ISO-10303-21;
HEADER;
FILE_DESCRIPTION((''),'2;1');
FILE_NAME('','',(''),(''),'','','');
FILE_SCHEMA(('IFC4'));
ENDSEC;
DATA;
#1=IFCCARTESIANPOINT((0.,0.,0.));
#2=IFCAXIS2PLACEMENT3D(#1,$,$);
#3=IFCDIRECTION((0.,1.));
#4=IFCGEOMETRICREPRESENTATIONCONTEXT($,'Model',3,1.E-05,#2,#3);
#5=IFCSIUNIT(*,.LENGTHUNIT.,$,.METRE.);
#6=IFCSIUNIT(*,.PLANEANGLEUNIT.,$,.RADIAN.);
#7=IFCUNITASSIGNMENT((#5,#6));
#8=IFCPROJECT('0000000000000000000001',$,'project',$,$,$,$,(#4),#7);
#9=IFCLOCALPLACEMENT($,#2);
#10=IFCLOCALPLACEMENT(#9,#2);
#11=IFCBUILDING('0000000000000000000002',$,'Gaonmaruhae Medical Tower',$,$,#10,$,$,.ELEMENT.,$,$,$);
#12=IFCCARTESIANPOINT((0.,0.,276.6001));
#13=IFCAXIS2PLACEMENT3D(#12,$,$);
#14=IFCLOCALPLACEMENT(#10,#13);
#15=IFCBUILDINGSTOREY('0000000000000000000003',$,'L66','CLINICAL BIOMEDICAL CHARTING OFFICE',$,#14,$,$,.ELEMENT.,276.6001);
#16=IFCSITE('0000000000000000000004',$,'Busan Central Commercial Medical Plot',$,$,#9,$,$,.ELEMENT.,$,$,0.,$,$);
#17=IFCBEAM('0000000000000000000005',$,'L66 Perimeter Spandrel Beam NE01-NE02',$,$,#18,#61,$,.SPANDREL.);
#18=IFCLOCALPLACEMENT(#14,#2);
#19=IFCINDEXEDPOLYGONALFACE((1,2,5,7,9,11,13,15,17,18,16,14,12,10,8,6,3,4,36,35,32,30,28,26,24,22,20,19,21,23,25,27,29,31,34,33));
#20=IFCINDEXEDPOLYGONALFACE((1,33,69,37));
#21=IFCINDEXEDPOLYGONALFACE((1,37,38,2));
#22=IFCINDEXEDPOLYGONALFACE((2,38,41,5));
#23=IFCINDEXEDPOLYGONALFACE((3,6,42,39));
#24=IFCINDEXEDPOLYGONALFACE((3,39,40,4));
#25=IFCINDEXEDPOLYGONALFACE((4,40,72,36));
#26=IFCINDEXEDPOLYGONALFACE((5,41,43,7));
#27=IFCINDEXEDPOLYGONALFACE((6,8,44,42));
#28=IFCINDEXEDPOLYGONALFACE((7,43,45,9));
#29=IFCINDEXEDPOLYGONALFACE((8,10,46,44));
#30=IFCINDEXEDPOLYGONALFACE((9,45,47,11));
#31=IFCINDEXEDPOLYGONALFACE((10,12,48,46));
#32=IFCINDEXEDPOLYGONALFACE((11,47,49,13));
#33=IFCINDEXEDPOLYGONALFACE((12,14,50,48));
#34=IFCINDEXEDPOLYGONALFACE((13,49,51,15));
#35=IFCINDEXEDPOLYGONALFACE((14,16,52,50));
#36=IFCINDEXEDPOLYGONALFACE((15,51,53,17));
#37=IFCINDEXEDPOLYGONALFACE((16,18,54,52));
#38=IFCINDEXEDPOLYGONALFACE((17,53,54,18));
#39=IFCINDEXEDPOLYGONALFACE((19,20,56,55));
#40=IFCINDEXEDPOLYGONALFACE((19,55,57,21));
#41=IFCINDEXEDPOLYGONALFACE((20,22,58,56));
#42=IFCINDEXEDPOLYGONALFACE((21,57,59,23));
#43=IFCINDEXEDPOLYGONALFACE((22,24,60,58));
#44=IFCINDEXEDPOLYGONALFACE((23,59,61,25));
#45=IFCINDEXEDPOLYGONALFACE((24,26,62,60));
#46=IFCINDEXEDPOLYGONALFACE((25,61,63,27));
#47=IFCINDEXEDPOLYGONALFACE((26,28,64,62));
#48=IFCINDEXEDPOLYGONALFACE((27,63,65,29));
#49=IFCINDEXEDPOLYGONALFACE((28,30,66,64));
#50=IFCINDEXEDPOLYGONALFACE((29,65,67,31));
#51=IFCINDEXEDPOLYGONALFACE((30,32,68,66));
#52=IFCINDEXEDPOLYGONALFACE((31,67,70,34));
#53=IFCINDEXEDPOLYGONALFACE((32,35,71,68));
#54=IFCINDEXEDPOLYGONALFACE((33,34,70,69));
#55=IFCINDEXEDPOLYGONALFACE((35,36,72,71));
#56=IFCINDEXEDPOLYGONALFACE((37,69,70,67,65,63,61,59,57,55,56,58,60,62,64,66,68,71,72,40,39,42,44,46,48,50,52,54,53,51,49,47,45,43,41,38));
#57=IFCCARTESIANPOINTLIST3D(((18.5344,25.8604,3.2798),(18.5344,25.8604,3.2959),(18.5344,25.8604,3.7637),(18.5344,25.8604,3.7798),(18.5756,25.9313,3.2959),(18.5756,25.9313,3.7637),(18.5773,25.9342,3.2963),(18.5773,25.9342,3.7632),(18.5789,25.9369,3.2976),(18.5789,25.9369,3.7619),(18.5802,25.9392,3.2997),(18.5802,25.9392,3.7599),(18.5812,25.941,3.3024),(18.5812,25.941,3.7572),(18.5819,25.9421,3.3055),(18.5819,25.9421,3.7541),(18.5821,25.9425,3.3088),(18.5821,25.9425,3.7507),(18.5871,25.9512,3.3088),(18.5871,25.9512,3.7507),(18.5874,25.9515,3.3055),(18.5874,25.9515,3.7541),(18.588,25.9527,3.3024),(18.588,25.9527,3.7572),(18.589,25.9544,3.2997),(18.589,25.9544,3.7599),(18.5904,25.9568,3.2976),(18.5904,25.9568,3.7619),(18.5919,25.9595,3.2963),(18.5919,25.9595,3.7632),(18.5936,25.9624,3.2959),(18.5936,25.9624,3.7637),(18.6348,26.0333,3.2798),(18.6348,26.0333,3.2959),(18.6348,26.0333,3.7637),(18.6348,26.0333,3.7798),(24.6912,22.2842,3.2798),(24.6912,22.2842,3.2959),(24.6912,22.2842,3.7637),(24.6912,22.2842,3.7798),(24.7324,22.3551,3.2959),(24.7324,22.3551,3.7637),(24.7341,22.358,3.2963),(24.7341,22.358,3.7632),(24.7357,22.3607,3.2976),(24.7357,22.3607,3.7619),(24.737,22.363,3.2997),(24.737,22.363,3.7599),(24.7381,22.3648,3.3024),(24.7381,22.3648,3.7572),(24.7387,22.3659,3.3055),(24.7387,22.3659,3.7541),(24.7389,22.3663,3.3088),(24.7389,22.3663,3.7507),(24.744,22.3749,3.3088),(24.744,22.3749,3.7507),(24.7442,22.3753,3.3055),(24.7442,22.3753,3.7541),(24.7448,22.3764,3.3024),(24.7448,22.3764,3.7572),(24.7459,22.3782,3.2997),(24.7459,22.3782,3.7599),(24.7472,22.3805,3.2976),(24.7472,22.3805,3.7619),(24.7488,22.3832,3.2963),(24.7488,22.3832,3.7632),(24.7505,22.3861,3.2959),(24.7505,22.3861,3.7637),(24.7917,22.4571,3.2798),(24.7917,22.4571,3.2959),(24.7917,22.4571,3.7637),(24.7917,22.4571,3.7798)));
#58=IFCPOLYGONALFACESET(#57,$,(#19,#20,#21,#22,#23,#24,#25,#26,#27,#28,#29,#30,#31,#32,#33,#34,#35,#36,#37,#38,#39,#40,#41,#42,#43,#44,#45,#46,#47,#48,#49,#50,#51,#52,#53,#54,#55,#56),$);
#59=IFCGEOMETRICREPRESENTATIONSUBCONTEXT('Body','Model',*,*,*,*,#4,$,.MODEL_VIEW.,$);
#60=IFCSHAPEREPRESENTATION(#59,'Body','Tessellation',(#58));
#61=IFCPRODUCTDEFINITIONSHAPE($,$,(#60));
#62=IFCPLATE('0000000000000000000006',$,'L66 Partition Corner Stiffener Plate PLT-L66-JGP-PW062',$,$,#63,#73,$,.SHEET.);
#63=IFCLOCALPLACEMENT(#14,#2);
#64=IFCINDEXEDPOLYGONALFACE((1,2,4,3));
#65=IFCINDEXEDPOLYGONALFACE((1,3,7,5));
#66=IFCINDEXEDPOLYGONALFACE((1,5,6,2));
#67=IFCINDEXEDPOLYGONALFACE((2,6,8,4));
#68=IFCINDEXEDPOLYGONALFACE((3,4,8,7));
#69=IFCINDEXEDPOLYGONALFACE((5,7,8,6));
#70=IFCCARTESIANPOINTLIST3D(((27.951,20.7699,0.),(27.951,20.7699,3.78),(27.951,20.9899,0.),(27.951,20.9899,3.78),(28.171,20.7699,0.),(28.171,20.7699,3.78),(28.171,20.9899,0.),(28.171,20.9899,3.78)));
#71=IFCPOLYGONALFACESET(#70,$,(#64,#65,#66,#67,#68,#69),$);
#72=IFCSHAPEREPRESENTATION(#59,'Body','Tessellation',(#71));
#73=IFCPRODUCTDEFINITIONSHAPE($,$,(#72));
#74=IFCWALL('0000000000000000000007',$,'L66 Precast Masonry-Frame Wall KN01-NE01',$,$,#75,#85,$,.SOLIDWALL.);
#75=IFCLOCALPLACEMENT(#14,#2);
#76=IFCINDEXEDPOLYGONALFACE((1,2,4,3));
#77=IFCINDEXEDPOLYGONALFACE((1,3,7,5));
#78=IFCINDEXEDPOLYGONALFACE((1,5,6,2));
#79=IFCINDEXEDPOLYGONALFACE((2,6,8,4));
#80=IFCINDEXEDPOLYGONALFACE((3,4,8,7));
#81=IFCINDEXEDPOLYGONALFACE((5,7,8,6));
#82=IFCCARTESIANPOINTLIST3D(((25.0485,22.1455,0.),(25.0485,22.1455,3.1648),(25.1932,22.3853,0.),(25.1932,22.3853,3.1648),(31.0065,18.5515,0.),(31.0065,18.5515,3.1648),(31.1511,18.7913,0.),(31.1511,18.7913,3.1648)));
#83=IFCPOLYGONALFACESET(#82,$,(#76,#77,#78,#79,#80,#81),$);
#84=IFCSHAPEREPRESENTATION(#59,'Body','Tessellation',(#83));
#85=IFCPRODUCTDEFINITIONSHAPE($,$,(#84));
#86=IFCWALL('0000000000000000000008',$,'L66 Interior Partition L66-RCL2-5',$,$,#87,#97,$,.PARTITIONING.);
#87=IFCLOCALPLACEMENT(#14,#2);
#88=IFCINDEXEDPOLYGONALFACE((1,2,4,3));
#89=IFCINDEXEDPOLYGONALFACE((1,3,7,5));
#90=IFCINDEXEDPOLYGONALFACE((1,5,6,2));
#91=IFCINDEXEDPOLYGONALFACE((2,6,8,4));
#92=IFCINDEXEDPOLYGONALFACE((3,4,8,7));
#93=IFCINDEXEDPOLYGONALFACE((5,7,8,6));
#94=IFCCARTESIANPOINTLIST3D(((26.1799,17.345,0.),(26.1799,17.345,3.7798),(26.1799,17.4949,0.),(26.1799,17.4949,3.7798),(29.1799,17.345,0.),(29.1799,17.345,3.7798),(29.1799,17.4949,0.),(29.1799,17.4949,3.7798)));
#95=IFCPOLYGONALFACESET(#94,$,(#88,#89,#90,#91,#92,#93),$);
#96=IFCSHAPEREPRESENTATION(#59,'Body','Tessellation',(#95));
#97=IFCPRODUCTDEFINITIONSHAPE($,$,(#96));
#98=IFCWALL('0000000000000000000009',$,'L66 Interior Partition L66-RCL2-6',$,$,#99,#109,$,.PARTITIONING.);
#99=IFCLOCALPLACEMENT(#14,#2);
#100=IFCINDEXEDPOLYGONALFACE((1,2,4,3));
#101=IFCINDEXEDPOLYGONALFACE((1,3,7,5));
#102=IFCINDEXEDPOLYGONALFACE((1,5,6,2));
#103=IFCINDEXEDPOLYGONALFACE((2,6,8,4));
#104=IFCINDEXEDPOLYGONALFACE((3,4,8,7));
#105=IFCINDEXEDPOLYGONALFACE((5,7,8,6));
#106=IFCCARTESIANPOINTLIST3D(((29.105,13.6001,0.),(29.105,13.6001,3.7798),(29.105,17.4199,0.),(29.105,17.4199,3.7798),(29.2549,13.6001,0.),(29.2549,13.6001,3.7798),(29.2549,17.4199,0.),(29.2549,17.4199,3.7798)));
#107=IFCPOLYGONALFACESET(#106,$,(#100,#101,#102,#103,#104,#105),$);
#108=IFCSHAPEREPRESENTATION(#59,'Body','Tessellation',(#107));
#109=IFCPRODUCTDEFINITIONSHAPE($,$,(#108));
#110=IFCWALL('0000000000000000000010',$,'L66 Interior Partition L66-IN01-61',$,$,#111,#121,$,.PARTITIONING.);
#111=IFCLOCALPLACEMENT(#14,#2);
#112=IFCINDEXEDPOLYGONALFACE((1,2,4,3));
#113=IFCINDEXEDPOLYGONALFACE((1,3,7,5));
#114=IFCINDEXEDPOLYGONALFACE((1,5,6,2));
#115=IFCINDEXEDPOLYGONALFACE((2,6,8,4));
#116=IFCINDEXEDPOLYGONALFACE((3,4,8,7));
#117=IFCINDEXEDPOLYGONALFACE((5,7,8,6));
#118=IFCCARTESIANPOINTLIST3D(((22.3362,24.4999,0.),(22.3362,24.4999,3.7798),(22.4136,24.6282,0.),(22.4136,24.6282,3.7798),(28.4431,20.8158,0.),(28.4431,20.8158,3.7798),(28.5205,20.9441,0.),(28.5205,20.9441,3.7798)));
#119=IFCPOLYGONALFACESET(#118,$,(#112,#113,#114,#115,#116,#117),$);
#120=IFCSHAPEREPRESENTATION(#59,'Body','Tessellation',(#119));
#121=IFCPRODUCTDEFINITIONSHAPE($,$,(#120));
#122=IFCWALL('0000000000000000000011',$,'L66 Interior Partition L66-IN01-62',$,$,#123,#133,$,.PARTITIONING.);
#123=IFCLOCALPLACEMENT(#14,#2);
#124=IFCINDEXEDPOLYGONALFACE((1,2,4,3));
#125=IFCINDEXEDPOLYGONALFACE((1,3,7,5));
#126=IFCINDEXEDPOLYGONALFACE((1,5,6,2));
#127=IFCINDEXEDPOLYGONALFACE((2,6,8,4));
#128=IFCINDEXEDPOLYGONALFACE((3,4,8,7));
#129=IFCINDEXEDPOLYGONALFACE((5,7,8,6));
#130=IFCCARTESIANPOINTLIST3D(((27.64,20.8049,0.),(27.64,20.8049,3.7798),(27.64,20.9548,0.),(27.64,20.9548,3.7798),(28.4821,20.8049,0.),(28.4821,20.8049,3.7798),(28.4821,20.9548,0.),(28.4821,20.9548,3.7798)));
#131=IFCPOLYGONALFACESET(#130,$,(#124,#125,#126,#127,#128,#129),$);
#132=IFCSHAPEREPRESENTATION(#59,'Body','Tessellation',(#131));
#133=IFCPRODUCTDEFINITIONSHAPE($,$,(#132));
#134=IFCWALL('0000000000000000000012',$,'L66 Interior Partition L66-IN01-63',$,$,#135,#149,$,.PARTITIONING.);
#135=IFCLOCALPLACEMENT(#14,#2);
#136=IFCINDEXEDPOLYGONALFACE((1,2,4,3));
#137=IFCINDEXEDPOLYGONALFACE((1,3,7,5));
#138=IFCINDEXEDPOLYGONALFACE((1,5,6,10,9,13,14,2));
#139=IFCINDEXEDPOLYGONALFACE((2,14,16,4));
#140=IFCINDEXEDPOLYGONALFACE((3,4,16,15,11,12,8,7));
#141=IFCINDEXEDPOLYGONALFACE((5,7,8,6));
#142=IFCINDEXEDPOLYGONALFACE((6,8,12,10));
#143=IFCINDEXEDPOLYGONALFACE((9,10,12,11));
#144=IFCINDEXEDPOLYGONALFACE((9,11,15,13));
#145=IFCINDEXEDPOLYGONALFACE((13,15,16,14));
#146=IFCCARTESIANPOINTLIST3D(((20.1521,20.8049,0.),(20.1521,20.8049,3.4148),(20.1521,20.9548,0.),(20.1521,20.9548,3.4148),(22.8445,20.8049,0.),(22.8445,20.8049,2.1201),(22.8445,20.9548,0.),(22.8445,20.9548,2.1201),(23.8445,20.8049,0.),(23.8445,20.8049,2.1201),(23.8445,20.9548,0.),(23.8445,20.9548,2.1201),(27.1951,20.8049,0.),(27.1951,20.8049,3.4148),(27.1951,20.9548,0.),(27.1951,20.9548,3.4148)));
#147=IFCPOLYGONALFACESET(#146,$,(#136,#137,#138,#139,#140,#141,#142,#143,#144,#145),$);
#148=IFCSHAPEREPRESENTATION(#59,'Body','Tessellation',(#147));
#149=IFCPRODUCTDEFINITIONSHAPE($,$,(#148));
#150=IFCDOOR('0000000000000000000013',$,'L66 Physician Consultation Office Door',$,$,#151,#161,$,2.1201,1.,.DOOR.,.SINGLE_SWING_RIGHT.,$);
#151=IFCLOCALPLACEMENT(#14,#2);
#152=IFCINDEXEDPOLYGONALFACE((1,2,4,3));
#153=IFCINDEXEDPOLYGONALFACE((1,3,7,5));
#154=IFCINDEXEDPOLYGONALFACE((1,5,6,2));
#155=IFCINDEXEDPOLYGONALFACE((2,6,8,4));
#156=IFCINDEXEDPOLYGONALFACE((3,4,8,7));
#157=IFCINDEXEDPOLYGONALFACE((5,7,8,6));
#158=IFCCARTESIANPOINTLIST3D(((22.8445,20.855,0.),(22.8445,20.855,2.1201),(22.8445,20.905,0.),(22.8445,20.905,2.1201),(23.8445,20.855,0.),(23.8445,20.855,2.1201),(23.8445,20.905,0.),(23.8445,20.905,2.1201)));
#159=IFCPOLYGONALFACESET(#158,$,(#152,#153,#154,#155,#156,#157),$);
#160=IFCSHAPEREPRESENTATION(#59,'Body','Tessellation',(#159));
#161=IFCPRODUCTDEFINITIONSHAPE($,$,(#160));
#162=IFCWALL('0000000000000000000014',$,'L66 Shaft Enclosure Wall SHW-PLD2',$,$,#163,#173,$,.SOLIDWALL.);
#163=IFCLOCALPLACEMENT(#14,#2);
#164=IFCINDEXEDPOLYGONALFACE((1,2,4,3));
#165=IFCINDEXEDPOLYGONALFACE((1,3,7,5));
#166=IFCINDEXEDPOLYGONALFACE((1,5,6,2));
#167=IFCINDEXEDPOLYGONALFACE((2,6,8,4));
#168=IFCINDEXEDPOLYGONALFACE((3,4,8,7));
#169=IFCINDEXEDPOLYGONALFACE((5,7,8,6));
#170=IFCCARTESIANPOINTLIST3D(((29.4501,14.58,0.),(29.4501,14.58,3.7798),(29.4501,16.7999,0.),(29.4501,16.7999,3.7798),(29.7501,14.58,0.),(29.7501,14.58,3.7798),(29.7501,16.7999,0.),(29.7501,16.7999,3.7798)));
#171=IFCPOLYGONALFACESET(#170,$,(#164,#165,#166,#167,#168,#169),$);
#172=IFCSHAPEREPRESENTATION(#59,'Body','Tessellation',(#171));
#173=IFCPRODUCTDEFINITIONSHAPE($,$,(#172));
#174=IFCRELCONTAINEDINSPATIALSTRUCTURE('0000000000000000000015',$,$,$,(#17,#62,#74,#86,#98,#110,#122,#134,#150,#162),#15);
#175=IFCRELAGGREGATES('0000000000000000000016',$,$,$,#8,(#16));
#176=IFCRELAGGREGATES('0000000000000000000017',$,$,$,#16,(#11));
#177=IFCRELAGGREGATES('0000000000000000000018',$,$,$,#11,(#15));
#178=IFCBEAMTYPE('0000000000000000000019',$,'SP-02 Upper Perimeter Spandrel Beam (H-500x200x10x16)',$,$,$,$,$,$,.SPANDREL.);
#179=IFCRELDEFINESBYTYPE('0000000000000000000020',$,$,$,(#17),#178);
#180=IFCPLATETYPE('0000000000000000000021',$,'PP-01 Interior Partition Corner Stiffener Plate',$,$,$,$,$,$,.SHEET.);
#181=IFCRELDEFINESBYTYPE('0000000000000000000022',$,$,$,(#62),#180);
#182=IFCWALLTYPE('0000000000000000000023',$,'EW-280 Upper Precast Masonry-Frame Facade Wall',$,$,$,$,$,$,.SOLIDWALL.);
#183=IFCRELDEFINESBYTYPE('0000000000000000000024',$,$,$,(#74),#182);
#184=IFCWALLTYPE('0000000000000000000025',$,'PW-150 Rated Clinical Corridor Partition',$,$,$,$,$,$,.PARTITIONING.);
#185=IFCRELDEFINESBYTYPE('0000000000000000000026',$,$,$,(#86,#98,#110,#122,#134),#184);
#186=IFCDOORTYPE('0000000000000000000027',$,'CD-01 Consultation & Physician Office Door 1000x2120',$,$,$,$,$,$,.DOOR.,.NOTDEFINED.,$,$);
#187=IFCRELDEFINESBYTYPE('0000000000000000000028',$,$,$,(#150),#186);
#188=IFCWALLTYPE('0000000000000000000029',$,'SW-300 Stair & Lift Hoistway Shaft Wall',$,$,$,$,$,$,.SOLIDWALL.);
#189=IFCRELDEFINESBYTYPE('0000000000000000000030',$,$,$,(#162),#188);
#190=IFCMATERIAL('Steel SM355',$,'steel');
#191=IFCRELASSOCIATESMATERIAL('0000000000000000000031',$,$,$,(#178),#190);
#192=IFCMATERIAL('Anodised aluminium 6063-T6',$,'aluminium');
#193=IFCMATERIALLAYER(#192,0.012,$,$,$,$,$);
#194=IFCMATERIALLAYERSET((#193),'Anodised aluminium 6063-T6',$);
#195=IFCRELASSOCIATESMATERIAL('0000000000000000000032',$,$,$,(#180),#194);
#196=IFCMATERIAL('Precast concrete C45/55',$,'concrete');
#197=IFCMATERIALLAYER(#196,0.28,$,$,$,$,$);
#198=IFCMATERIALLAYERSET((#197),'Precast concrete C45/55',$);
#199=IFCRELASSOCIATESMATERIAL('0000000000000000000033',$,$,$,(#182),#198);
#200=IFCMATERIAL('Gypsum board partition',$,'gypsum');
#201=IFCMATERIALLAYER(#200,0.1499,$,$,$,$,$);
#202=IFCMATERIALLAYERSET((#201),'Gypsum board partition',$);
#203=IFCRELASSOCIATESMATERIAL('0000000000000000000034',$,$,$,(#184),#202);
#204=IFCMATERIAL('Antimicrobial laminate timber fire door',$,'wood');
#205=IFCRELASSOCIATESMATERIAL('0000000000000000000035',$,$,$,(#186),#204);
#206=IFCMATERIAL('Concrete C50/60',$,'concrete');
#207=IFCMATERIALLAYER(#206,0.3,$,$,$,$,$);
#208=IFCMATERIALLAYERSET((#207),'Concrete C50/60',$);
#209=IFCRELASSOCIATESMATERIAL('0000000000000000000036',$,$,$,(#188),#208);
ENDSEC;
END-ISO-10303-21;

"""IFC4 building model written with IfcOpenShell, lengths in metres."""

from ifc_helpers import new_model, si_unit, direction, frame, frame_2d, origin, origin_2d, place, context, subcontext, project, spatial, rectangle, i_section, extrude, material, layer, layer_set, material_profile, profile_set, type_object, element, fill, save


model = new_model("IFC4")

# Units and contexts
model_context = context("Model", 3, precision=1e-05, world=origin(), true_north=direction((0.0, 1.0)))
body_context = subcontext(model_context, "Body", "Model", "MODEL_VIEW")
ifc_project = project(units=[si_unit("LENGTHUNIT", "METRE"), si_unit("PLANEANGLEUNIT", "RADIAN")], contexts=[model_context])

# Site, building, storey
site_placement = place(None, origin())
site = spatial("IfcSite", under=ifc_project, at=site_placement, Name="Busan Central Commercial Medical Plot", CompositionType="ELEMENT", RefElevation=0.0)
building_placement = place(site_placement, origin())
building = spatial("IfcBuilding", under=site, at=building_placement, Name="Gaonmaruhae Medical Tower", CompositionType="ELEMENT")
storey_placement = place(building_placement, frame((0.0, 0.0, 276.6001)))
storey = spatial("IfcBuildingStorey", under=building, at=storey_placement, Name="L66", Description="CLINICAL BIOMEDICAL CHARTING OFFICE", CompositionType="ELEMENT", Elevation=276.6001)

# Shared definitions
ifc_material_1 = material(Name="Concrete C50/60", Category="concrete")

# Beam
ifc_material_2 = material(Name="Steel SM355", Category="steel")
ifc_material_profile_1 = material_profile(ifc_material_2, i_section(OverallWidth=0.2, OverallDepth=0.5, WebThickness=0.01, FlangeThickness=0.0161, FilletRadius=0.0129, at=origin_2d()), Name="H-500x200x10x16")
ifc_profile_set_1 = profile_set([ifc_material_profile_1], Name="Steel SM355")
beam_type_1 = type_object("IfcBeamType", Name="SP-02 Upper Perimeter Spandrel Beam (H-500x200x10x16)", PredefinedType="SPANDREL", material=ifc_profile_set_1)
beam_1_placement = place(storey_placement, frame((24.7415, 22.3706, 3.5298), z_axis=(-0.86471, 0.502271, 0.0), x_axis=(-0.502271, -0.86471, 0.0)))
element("IfcBeam", 1, at=beam_1_placement, inside=storey, type_object=beam_type_1, Name="L66 Perimeter Spandrel Beam NE01-NE02", PredefinedType="SPANDREL", context=body_context, shape_type="SweptSolid", body=[
    extrude(i_section(OverallWidth=0.2, OverallDepth=0.5, WebThickness=0.01, FlangeThickness=0.0161, FilletRadius=0.0129, at=origin_2d()), origin(), (0.0, 0.0, 1.0), 7.1201),
])

# Plate
ifc_material_3 = material(Name="Anodised aluminium 6063-T6", Category="aluminium")
ifc_layer_1 = layer(ifc_material_3, 0.012)
ifc_layer_set_1 = layer_set([ifc_layer_1], Name="Anodised aluminium 6063-T6")
plate_type = type_object("IfcPlateType", Name="PP-01 Interior Partition Corner Stiffener Plate", PredefinedType="SHEET", material=ifc_layer_set_1)
plate_placement = place(storey_placement, frame((28.061, 20.8799, 0.0), z_axis=(0.0, 0.0, 1.0), x_axis=(-1.0, 0.0, 0.0)))
element("IfcPlate", 2, at=plate_placement, inside=storey, type_object=plate_type, Name="L66 Partition Corner Stiffener Plate PLT-L66-JGP-PW062", PredefinedType="SHEET", context=body_context, shape_type="SweptSolid", body=[
    extrude(rectangle(XDim=0.22, YDim=0.22, at=origin_2d()), origin(), (0.0, 0.0, 1.0), 3.78),
])

# Walls
ifc_material_4 = material(Name="Precast concrete C45/55", Category="concrete")
ifc_layer_2 = layer(ifc_material_4, 0.28)
ifc_layer_set_2 = layer_set([ifc_layer_2], Name="Precast concrete C45/55")
wall_type_1 = type_object("IfcWallType", Name="EW-280 Upper Precast Masonry-Frame Facade Wall", PredefinedType="SOLIDWALL", material=ifc_layer_set_2)
wall_1_placement = place(storey_placement, frame((25.1208, 22.2654, 0.0), z_axis=(0.0, 0.0, 1.0), x_axis=(0.856274, -0.516522, 0.0)))
element("IfcWall", 3, at=wall_1_placement, inside=storey, type_object=wall_type_1, Name="L66 Precast Masonry-Frame Wall KN01-NE01", PredefinedType="SOLIDWALL", context=body_context, shape_type="SweptSolid", body=[
    extrude(rectangle(XDim=6.958, YDim=0.28, at=frame_2d((3.479, 0.0))), origin(), (0.0, 0.0, 1.0), 3.1648),
])
ifc_material_5 = material(Name="Gypsum board partition", Category="gypsum")
ifc_layer_3 = layer(ifc_material_5, 0.1499)
ifc_layer_set_3 = layer_set([ifc_layer_3], Name="Gypsum board partition")
wall_type_2 = type_object("IfcWallType", Name="PW-150 Rated Clinical Corridor Partition", PredefinedType="PARTITIONING", material=ifc_layer_set_3)
wall_2_placement = place(storey_placement, frame((26.1799, 17.4199, 0.0), z_axis=(0.0, 0.0, 1.0), x_axis=(1.0, 0.0, 0.0)))
element("IfcWall", 4, at=wall_2_placement, inside=storey, type_object=wall_type_2, Name="L66 Interior Partition L66-RCL2-5", PredefinedType="PARTITIONING", context=body_context, shape_type="SweptSolid", body=[
    extrude(rectangle(XDim=3.0, YDim=0.1499, at=frame_2d((1.5, 0.0))), origin(), (0.0, 0.0, 1.0), 3.7798),
])
wall_3_placement = place(storey_placement, frame((29.1799, 17.4199, 0.0), z_axis=(0.0, 0.0, 1.0), x_axis=(0.0, -1.0, 0.0)))
element("IfcWall", 5, at=wall_3_placement, inside=storey, type_object=wall_type_2, Name="L66 Interior Partition L66-RCL2-6", PredefinedType="PARTITIONING", context=body_context, shape_type="SweptSolid", body=[
    extrude(rectangle(XDim=3.8198, YDim=0.1499, at=frame_2d((1.9099, 0.0))), origin(), (0.0, 0.0, 1.0), 3.7798),
])
wall_4_placement = place(storey_placement, frame((22.375, 24.564, 0.0), z_axis=(0.0, 0.0, 1.0), x_axis=(0.856258, -0.516548, 0.0)))
element("IfcWall", 6, at=wall_4_placement, inside=storey, type_object=wall_type_2, Name="L66 Interior Partition L66-IN01-61", PredefinedType="PARTITIONING", context=body_context, shape_type="SweptSolid", body=[
    extrude(rectangle(XDim=7.1321, YDim=0.1499, at=frame_2d((3.5659, 0.0))), origin(), (0.0, 0.0, 1.0), 3.7798),
])
wall_5_placement = place(storey_placement, frame((28.4819, 20.8799, 0.0), z_axis=(0.0, 0.0, 1.0), x_axis=(-1.0, 0.0, 0.0)))
element("IfcWall", 7, at=wall_5_placement, inside=storey, type_object=wall_type_2, Name="L66 Interior Partition L66-IN01-62", PredefinedType="PARTITIONING", context=body_context, shape_type="SweptSolid", body=[
    extrude(rectangle(XDim=0.842, YDim=0.1499, at=frame_2d((0.4209, 0.0))), origin(), (0.0, 0.0, 1.0), 3.7798),
])

# Wall, opening, door
wall_6_placement = place(storey_placement, frame((27.1951, 20.8799, 0.0), z_axis=(0.0, 0.0, 1.0), x_axis=(-1.0, 0.0, 0.0)))
wall_6 = element("IfcWall", 8, at=wall_6_placement, inside=storey, type_object=wall_type_2, Name="L66 Interior Partition L66-IN01-63", PredefinedType="PARTITIONING", context=body_context, shape_type="SweptSolid", body=[
    extrude(rectangle(XDim=7.043, YDim=0.1499, at=frame_2d((3.5215, 0.0))), origin(), (0.0, 0.0, 1.0), 3.4148),
])
opening_1_placement = place(wall_6_placement, frame((3.3506, 0.0, 0.0)))
opening_1 = element("IfcOpeningElement", 9, at=opening_1_placement, cuts=wall_6, PredefinedType="OPENING", context=body_context, shape_type="SweptSolid", body=[
    extrude(rectangle(XDim=1.0, YDim=2.1201, at=frame_2d((0.5, 1.0601))), frame((0.0, 0.085, 0.0), z_axis=(0.0, -1.0, 0.0), x_axis=(1.0, 0.0, 0.0)), (0.0, 0.0, 1.0), 0.1699),
])
ifc_material_6 = material(Name="Antimicrobial laminate timber fire door", Category="wood")
door_type_1 = type_object("IfcDoorType", Name="CD-01 Consultation & Physician Office Door 1000x2120", OperationType="NOTDEFINED", PredefinedType="DOOR", material=ifc_material_6)
door_1_placement = place(opening_1_placement, origin())
door_1 = element("IfcDoor", 10, at=door_1_placement, inside=storey, type_object=door_type_1, Name="L66 Physician Consultation Office Door", OperationType="SINGLE_SWING_RIGHT", OverallHeight=2.1201, OverallWidth=1.0, PredefinedType="DOOR", context=body_context, shape_type="SweptSolid", body=[
    extrude(rectangle(XDim=1.0, YDim=2.1201, at=frame_2d((0.5, 1.0601))), frame((0.0, 0.0249, 0.0), z_axis=(0.0, -1.0, 0.0), x_axis=(1.0, 0.0, 0.0)), (0.0, 0.0, 1.0), 0.05),
])
fill(opening_1, door_1)
ifc_layer_4 = layer(ifc_material_1, 0.3)
ifc_layer_set_4 = layer_set([ifc_layer_4], Name="Concrete C50/60")
wall_type_3 = type_object("IfcWallType", Name="SW-300 Stair & Lift Hoistway Shaft Wall", PredefinedType="SOLIDWALL", material=ifc_layer_set_4)

# Wall
wall_7_placement = place(storey_placement, frame((29.6001, 14.5801, 0.0), z_axis=(0.0, 0.0, 1.0), x_axis=(0.0, 1.0, 0.0)))
element("IfcWall", 11, at=wall_7_placement, inside=storey, type_object=wall_type_3, Name="L66 Shaft Enclosure Wall SHW-PLD2", PredefinedType="SOLIDWALL", context=body_context, shape_type="SweptSolid", body=[
    extrude(rectangle(XDim=2.22, YDim=0.3, at=frame_2d((1.1099, 0.0))), origin(), (0.0, 0.0, 1.0), 3.7798),
])

save(model, "model.ifc")
